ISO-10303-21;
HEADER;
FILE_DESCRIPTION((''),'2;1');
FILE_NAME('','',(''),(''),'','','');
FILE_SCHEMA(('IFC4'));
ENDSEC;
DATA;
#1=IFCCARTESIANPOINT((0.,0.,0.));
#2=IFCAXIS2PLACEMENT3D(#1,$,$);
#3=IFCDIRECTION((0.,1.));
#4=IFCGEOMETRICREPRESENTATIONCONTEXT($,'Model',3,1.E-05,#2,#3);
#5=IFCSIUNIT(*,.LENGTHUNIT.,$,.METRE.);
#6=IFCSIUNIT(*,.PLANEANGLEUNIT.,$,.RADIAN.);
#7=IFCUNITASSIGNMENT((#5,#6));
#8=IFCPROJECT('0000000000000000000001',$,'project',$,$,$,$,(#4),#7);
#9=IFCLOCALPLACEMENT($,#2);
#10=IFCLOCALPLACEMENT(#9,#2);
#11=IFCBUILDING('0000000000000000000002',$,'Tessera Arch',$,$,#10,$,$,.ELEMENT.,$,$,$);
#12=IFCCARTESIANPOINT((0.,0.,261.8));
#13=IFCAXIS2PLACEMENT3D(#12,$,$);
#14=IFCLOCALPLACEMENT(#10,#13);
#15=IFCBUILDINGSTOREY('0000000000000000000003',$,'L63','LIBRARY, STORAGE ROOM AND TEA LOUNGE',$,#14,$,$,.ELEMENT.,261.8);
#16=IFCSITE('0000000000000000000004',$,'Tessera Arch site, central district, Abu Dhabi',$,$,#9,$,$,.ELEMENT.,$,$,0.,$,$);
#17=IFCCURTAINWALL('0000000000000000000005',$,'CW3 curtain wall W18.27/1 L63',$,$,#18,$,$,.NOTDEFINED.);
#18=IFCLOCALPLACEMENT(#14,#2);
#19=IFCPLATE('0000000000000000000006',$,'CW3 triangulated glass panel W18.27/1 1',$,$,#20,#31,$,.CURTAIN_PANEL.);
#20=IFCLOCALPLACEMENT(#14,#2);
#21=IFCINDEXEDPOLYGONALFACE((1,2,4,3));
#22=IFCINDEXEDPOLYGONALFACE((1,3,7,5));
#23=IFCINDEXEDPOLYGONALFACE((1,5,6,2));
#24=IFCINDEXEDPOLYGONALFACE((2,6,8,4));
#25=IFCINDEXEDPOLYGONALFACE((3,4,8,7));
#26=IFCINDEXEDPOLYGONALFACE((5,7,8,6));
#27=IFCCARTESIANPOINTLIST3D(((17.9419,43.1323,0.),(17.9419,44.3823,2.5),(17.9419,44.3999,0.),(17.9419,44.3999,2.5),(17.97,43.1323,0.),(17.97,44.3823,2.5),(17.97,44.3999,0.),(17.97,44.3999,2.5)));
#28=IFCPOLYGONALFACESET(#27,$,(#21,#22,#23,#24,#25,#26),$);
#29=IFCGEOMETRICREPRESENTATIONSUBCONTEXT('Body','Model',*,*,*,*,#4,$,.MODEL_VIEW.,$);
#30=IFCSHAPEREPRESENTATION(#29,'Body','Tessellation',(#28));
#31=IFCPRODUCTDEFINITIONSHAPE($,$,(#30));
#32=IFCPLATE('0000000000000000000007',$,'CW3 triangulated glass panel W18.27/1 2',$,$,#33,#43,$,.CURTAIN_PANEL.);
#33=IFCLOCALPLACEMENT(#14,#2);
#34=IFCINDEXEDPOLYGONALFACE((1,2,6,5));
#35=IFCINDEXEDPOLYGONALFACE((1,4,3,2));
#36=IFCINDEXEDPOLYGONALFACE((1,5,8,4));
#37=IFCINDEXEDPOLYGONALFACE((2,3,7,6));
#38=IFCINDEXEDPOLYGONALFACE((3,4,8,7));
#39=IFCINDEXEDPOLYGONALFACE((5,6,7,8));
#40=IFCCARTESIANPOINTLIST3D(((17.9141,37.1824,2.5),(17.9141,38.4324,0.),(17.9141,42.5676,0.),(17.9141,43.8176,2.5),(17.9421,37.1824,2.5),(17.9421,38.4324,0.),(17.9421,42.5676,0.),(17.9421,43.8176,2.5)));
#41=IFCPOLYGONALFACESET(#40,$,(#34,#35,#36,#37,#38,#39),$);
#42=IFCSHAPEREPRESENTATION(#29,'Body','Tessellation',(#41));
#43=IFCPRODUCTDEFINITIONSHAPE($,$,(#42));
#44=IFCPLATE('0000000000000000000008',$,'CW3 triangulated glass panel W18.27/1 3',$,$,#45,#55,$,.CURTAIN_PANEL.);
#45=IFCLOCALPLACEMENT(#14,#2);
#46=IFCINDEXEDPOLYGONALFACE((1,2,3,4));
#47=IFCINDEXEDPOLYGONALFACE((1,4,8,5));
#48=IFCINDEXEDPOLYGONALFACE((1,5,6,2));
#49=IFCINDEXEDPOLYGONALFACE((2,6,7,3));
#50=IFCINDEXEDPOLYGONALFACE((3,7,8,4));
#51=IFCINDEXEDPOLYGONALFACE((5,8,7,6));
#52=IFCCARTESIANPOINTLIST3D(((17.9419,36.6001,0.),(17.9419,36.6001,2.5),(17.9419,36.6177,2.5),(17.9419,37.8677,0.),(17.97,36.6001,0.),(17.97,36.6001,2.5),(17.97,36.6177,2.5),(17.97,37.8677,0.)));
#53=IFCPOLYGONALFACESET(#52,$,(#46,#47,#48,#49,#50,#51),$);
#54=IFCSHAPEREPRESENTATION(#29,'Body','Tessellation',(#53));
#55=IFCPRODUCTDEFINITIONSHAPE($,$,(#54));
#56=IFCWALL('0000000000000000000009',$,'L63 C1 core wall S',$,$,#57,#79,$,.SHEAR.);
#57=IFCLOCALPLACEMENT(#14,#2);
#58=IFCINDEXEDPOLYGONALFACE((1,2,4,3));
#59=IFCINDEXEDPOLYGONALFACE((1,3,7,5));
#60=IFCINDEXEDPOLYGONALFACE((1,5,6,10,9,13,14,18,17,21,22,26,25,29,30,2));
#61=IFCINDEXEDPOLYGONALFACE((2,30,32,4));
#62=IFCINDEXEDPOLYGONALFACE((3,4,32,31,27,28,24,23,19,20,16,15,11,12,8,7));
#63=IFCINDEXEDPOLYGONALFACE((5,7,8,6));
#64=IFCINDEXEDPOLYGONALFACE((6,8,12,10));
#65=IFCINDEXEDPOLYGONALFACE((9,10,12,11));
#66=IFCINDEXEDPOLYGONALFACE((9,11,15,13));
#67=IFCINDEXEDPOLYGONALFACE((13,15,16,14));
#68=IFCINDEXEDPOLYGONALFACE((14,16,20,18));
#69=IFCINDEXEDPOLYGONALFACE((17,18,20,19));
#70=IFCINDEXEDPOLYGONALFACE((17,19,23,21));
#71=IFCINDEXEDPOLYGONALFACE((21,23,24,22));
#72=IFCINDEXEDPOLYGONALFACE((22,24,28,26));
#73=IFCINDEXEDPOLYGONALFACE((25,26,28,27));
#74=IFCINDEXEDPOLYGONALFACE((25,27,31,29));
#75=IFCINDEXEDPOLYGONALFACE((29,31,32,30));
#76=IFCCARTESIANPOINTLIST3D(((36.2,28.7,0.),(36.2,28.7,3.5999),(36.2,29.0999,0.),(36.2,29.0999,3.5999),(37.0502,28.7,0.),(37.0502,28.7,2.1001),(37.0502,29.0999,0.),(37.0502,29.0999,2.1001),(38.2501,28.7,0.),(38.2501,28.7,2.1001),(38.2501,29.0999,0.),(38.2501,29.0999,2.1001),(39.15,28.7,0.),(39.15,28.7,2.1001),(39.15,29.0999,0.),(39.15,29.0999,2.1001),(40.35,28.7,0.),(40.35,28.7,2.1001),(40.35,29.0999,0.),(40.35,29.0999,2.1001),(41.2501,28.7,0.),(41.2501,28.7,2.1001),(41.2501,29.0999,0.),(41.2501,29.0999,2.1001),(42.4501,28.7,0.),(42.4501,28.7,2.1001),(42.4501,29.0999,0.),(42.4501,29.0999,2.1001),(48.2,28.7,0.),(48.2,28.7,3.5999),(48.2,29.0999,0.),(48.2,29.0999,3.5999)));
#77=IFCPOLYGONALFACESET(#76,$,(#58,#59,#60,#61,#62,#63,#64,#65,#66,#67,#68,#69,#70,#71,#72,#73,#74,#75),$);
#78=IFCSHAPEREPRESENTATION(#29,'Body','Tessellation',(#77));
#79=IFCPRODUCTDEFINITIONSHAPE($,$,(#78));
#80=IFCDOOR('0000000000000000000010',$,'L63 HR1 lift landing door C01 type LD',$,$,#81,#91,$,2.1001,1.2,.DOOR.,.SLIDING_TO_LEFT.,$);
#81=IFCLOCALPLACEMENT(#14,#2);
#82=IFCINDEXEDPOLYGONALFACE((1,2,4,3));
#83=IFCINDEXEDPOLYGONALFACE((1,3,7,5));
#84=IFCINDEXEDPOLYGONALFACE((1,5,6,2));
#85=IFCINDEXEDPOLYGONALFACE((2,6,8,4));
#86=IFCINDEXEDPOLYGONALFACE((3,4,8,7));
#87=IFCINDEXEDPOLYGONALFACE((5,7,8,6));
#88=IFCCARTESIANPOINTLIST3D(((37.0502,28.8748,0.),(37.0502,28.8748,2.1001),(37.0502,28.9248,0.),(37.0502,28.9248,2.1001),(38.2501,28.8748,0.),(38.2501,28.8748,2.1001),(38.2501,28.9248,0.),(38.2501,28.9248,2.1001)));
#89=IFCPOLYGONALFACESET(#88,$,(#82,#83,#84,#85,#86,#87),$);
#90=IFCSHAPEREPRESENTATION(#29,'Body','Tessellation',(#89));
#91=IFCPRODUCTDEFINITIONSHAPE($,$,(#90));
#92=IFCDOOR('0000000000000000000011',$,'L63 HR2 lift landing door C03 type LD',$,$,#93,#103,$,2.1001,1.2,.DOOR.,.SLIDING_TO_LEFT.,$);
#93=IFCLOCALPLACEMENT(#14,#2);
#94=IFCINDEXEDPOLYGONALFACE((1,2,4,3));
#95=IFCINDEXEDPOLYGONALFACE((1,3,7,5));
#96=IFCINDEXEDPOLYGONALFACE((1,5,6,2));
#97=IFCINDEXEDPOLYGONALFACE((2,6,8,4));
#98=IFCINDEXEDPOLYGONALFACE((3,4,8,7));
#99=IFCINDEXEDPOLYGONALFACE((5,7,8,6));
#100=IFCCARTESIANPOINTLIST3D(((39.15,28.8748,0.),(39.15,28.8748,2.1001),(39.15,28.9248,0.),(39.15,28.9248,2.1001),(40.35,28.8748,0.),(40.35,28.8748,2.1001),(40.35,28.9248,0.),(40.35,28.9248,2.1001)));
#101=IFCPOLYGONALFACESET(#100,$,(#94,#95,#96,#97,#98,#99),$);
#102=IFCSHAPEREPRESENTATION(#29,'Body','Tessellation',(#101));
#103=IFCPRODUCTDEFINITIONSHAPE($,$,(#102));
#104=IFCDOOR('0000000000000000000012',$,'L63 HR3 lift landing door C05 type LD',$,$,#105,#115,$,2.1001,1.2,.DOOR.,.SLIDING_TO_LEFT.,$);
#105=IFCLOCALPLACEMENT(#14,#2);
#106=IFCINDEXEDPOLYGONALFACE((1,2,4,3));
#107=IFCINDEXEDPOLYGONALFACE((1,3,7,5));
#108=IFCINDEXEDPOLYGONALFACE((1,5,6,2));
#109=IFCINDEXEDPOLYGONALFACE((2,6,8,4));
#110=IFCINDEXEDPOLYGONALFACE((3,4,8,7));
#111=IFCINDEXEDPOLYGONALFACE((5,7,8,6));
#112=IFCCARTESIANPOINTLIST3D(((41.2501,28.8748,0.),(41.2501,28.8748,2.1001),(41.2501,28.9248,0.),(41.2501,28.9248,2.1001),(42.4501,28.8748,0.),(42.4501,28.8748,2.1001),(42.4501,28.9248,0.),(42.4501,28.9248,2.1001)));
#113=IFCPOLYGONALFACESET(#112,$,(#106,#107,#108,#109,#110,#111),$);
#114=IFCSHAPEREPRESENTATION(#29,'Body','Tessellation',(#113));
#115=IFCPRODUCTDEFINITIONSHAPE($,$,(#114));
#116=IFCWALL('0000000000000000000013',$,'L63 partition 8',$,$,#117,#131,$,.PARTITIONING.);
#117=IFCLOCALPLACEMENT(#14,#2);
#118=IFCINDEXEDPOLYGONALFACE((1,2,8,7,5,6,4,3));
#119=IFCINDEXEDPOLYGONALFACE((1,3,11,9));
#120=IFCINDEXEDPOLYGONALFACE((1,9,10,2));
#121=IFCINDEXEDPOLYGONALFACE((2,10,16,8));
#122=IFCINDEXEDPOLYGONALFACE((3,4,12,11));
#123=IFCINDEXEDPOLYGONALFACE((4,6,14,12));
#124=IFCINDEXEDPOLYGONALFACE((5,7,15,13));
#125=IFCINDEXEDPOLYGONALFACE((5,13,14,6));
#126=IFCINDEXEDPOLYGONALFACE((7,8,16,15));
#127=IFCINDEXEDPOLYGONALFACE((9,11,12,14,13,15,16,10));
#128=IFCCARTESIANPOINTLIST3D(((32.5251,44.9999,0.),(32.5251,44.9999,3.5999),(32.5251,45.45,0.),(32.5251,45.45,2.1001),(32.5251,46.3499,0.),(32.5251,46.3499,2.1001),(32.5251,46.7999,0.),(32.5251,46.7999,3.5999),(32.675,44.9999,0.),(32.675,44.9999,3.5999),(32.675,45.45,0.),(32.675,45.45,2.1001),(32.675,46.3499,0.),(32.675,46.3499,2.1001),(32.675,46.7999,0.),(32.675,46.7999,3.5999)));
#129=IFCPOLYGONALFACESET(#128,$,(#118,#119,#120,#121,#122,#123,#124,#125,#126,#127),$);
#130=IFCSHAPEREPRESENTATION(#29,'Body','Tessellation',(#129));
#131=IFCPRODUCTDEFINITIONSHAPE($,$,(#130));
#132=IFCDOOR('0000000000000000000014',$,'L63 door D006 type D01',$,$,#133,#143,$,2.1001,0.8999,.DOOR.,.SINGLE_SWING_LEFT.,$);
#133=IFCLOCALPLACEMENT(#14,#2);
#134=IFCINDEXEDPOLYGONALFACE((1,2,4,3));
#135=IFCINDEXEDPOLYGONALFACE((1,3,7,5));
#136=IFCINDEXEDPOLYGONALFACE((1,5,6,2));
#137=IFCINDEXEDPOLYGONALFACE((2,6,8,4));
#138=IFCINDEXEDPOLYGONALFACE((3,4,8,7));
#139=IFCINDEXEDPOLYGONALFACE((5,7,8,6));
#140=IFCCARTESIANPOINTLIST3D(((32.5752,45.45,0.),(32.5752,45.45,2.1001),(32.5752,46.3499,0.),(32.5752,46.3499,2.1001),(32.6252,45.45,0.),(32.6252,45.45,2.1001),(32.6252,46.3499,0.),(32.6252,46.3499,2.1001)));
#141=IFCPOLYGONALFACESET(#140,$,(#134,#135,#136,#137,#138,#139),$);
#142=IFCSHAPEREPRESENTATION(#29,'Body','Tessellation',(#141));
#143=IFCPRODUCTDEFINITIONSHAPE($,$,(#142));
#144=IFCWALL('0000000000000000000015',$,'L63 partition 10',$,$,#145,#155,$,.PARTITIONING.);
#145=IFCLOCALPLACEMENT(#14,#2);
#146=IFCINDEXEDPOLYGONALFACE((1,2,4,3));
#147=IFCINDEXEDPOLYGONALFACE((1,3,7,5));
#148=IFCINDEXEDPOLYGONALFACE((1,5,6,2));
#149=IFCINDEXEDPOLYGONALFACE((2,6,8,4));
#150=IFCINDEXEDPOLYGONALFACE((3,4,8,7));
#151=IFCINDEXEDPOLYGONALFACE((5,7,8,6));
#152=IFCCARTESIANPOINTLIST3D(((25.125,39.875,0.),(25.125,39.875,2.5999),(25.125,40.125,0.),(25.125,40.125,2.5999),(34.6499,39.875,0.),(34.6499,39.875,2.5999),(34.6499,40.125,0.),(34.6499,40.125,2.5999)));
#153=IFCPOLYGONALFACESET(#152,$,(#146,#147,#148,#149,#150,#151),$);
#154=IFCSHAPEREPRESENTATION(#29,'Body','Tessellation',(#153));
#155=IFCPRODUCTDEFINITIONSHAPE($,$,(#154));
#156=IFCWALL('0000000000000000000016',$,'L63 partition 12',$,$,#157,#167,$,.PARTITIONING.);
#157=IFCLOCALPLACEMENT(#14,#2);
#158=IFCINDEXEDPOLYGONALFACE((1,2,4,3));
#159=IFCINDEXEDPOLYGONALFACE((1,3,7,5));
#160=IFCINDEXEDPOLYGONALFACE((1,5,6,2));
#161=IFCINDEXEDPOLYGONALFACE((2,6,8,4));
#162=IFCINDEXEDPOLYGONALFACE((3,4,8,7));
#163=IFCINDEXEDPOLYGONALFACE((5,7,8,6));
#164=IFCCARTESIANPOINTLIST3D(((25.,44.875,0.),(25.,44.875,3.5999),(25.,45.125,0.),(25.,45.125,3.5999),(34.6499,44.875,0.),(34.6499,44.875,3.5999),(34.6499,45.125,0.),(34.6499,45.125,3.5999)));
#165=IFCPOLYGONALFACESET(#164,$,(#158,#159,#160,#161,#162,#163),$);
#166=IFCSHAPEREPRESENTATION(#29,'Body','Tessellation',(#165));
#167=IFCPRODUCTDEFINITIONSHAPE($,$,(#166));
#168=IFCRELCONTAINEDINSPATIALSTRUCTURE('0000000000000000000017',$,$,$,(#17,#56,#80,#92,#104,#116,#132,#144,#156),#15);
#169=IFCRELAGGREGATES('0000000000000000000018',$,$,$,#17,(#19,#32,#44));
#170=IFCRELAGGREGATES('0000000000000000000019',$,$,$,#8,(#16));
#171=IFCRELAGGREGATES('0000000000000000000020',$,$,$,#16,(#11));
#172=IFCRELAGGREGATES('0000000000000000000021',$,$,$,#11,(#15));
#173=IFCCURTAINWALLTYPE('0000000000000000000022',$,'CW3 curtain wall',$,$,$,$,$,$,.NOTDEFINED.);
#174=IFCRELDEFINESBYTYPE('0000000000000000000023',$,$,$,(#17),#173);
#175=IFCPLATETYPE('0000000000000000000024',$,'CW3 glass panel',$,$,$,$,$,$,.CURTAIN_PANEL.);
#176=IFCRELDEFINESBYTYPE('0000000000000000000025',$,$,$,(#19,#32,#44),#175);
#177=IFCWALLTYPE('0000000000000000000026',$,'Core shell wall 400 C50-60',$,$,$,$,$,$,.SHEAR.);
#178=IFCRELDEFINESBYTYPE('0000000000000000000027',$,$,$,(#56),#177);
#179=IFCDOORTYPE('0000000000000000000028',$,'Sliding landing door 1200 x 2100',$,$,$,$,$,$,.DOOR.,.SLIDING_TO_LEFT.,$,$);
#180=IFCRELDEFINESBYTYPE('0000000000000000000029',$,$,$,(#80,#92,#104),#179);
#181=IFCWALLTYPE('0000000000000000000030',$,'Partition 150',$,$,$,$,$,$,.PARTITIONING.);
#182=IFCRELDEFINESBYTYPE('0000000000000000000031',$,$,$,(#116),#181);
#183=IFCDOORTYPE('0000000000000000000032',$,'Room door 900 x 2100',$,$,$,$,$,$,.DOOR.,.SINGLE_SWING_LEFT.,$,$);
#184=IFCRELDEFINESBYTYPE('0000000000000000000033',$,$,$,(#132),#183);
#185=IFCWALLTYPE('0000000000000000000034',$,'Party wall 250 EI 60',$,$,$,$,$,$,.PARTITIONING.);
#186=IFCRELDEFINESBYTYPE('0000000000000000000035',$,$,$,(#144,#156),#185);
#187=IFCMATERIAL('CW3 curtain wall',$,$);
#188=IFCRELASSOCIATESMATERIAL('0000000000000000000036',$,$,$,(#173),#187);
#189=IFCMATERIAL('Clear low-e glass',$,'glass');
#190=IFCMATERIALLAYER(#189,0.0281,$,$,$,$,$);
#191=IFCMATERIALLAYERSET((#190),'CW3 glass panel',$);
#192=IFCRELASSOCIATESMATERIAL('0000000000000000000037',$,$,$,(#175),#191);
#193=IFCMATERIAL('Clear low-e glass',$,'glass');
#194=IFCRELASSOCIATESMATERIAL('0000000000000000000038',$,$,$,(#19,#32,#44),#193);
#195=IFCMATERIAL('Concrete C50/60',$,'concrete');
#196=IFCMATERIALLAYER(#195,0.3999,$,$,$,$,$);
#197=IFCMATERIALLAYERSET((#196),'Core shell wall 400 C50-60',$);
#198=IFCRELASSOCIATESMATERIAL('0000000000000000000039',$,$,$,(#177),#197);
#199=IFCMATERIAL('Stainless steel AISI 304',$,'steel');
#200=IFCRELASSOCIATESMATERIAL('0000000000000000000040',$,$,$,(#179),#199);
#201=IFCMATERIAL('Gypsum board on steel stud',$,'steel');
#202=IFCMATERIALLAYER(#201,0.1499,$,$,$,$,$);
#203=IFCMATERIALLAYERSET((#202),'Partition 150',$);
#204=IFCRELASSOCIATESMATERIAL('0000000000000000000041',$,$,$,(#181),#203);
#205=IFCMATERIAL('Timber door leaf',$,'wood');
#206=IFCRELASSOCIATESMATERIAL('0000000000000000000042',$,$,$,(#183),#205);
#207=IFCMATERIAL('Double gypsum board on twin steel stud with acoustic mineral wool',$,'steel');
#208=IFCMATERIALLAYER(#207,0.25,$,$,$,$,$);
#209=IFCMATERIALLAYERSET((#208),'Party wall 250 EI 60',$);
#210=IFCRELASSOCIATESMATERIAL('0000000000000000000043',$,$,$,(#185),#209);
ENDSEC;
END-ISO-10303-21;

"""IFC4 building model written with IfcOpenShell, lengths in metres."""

from ifc_helpers import new_model, si_unit, direction, frame, frame_2d, origin, place, context, subcontext, project, spatial, polyline, rectangle, outline, extrude, material, layer, layer_set, type_object, element, fill, aggregate, save


model = new_model("IFC4")

# Units and contexts
model_context = context("Model", 3, precision=1e-05, world=origin(), true_north=direction((0.0, 1.0)))
body_context = subcontext(model_context, "Body", "Model", "MODEL_VIEW")
ifc_project = project(units=[si_unit("LENGTHUNIT", "METRE"), si_unit("PLANEANGLEUNIT", "RADIAN")], contexts=[model_context])

# Site, building, storey
site_placement = place(None, origin())
site = spatial("IfcSite", under=ifc_project, at=site_placement, Name="Tessera Arch site, central district, Abu Dhabi", CompositionType="ELEMENT", RefElevation=0.0)
building_placement = place(site_placement, origin())
building = spatial("IfcBuilding", under=site, at=building_placement, Name="Tessera Arch", CompositionType="ELEMENT")
storey_placement = place(building_placement, frame((0.0, 0.0, 261.8)))
storey = spatial("IfcBuildingStorey", under=building, at=storey_placement, Name="L63", Description="LIBRARY, STORAGE ROOM AND TEA LOUNGE", CompositionType="ELEMENT", Elevation=261.8)

# Curtain wall
ifc_material_1 = material(Name="CW3 curtain wall")
curtain_wall_type_1 = type_object("IfcCurtainWallType", Name="CW3 curtain wall", PredefinedType="NOTDEFINED", material=ifc_material_1)
curtain_wall_1_placement = place(storey_placement, origin())
curtain_wall_1 = element("IfcCurtainWall", 1, at=curtain_wall_1_placement, inside=storey, type_object=curtain_wall_type_1, Name="CW3 curtain wall W18.27/1 L63", PredefinedType="NOTDEFINED")

# Plates
ifc_material_2 = material(Name="Clear low-e glass", Category="glass")
ifc_material_3 = material(Name="Clear low-e glass", Category="glass")
ifc_layer_1 = layer(ifc_material_3, 0.0281)
ifc_layer_set_1 = layer_set([ifc_layer_1], Name="CW3 glass panel")
plate_type_1 = type_object("IfcPlateType", Name="CW3 glass panel", PredefinedType="CURTAIN_PANEL", material=ifc_layer_set_1)
plate_1_placement = place(storey_placement, frame((17.9419, 44.3999, 0.0), z_axis=(-1.0, 0.0, 0.0), x_axis=(0.0, -1.0, 0.0)))
plate_1 = element("IfcPlate", 2, at=plate_1_placement, type_object=plate_type_1, material=ifc_material_2, Name="CW3 triangulated glass panel W18.27/1 1", PredefinedType="CURTAIN_PANEL", context=body_context, shape_type="SweptSolid", body=[
    extrude(outline(polyline([(0.0, 0.0), (1.2676, 0.0), (0.0176, 2.5), (0.0, 2.5), (0.0, 0.0)])), origin(), (0.0, 0.0, -1.0), 0.0281),
])
plate_2_placement = place(storey_placement, frame((17.9141, 37.1824, 2.5), z_axis=(-1.0, 0.0, 0.0), x_axis=(0.0, 1.0, 0.0)))
plate_2 = element("IfcPlate", 3, at=plate_2_placement, type_object=plate_type_1, material=ifc_material_2, Name="CW3 triangulated glass panel W18.27/1 2", PredefinedType="CURTAIN_PANEL", context=body_context, shape_type="SweptSolid", body=[
    extrude(outline(polyline([(0.0, 0.0), (6.6353, 0.0), (5.3853, 2.5), (1.25, 2.5), (0.0, 0.0)])), origin(), (0.0, 0.0, -1.0), 0.0281),
])
plate_3_placement = place(storey_placement, frame((17.9419, 36.6001, 2.5), z_axis=(-1.0, 0.0, 0.0), x_axis=(0.0, 1.0, 0.0)))
plate_3 = element("IfcPlate", 4, at=plate_3_placement, type_object=plate_type_1, material=ifc_material_2, Name="CW3 triangulated glass panel W18.27/1 3", PredefinedType="CURTAIN_PANEL", context=body_context, shape_type="SweptSolid", body=[
    extrude(outline(polyline([(0.0, 0.0), (0.0176, 0.0), (1.2676, 2.5), (0.0, 2.5), (0.0, 0.0)])), origin(), (0.0, 0.0, -1.0), 0.0281),
])
aggregate(curtain_wall_1, [plate_1, plate_2, plate_3])

# Wall, openings, doors
ifc_material_4 = material(Name="Concrete C50/60", Category="concrete")
ifc_layer_2 = layer(ifc_material_4, 0.3999)
ifc_layer_set_2 = layer_set([ifc_layer_2], Name="Core shell wall 400 C50-60")
wall_type_1 = type_object("IfcWallType", Name="Core shell wall 400 C50-60", PredefinedType="SHEAR", material=ifc_layer_set_2)
wall_1_placement = place(storey_placement, frame((36.2, 28.8999, 0.0), z_axis=(0.0, 0.0, 1.0), x_axis=(1.0, 0.0, 0.0)))
wall_1 = element("IfcWall", 5, at=wall_1_placement, inside=storey, type_object=wall_type_1, Name="L63 C1 core wall S", PredefinedType="SHEAR", context=body_context, shape_type="SweptSolid", body=[
    extrude(rectangle(XDim=12.0, YDim=0.3999, at=frame_2d((6.0, 0.0))), origin(), (0.0, 0.0, 1.0), 3.5999),
])
opening_1_placement = place(wall_1_placement, frame((0.8501, 0.0, 0.0)))
opening_1 = element("IfcOpeningElement", 6, at=opening_1_placement, cuts=wall_1, PredefinedType="OPENING", context=body_context, shape_type="SweptSolid", body=[
    extrude(rectangle(XDim=1.2, YDim=2.1001, at=frame_2d((0.6001, 1.05))), frame((0.0, 0.21, 0.0), z_axis=(0.0, -1.0, 0.0), x_axis=(1.0, 0.0, 0.0)), (0.0, 0.0, 1.0), 0.4199),
])
opening_2_placement = place(wall_1_placement, frame((2.95, 0.0, 0.0)))
opening_2 = element("IfcOpeningElement", 7, at=opening_2_placement, cuts=wall_1, PredefinedType="OPENING", context=body_context, shape_type="SweptSolid", body=[
    extrude(rectangle(XDim=1.2, YDim=2.1001, at=frame_2d((0.6001, 1.05))), frame((0.0, 0.21, 0.0), z_axis=(0.0, -1.0, 0.0), x_axis=(1.0, 0.0, 0.0)), (0.0, 0.0, 1.0), 0.4199),
])
opening_3_placement = place(wall_1_placement, frame((5.05, 0.0, 0.0)))
opening_3 = element("IfcOpeningElement", 8, at=opening_3_placement, cuts=wall_1, PredefinedType="OPENING", context=body_context, shape_type="SweptSolid", body=[
    extrude(rectangle(XDim=1.2, YDim=2.1001, at=frame_2d((0.6001, 1.05))), frame((0.0, 0.21, 0.0), z_axis=(0.0, -1.0, 0.0), x_axis=(1.0, 0.0, 0.0)), (0.0, 0.0, 1.0), 0.4199),
])
ifc_material_5 = material(Name="Stainless steel AISI 304", Category="steel")
door_type_1 = type_object("IfcDoorType", Name="Sliding landing door 1200 x 2100", OperationType="SLIDING_TO_LEFT", PredefinedType="DOOR", material=ifc_material_5)
door_1_placement = place(opening_1_placement, origin())
door_1 = element("IfcDoor", 9, at=door_1_placement, inside=storey, type_object=door_type_1, Name="L63 HR1 lift landing door C01 type LD", OperationType="SLIDING_TO_LEFT", OverallHeight=2.1001, OverallWidth=1.2, PredefinedType="DOOR", context=body_context, shape_type="SweptSolid", body=[
    extrude(rectangle(XDim=1.2, YDim=2.1001, at=frame_2d((0.6001, 1.05))), frame((0.0, 0.0249, 0.0), z_axis=(0.0, -1.0, 0.0), x_axis=(1.0, 0.0, 0.0)), (0.0, 0.0, 1.0), 0.05),
])
fill(opening_1, door_1)
door_2_placement = place(opening_2_placement, origin())
door_2 = element("IfcDoor", 10, at=door_2_placement, inside=storey, type_object=door_type_1, Name="L63 HR2 lift landing door C03 type LD", OperationType="SLIDING_TO_LEFT", OverallHeight=2.1001, OverallWidth=1.2, PredefinedType="DOOR", context=body_context, shape_type="SweptSolid", body=[
    extrude(rectangle(XDim=1.2, YDim=2.1001, at=frame_2d((0.6001, 1.05))), frame((0.0, 0.0249, 0.0), z_axis=(0.0, -1.0, 0.0), x_axis=(1.0, 0.0, 0.0)), (0.0, 0.0, 1.0), 0.05),
])
fill(opening_2, door_2)
door_3_placement = place(opening_3_placement, origin())
door_3 = element("IfcDoor", 11, at=door_3_placement, inside=storey, type_object=door_type_1, Name="L63 HR3 lift landing door C05 type LD", OperationType="SLIDING_TO_LEFT", OverallHeight=2.1001, OverallWidth=1.2, PredefinedType="DOOR", context=body_context, shape_type="SweptSolid", body=[
    extrude(rectangle(XDim=1.2, YDim=2.1001, at=frame_2d((0.6001, 1.05))), frame((0.0, 0.0249, 0.0), z_axis=(0.0, -1.0, 0.0), x_axis=(1.0, 0.0, 0.0)), (0.0, 0.0, 1.0), 0.05),
])
fill(opening_3, door_3)

# Wall, opening, door
ifc_material_6 = material(Name="Gypsum board on steel stud", Category="steel")
ifc_layer_3 = layer(ifc_material_6, 0.1499)
ifc_layer_set_3 = layer_set([ifc_layer_3], Name="Partition 150")
wall_type_2 = type_object("IfcWallType", Name="Partition 150", PredefinedType="PARTITIONING", material=ifc_layer_set_3)
wall_2_placement = place(storey_placement, frame((32.6001, 45.0, 0.0), z_axis=(0.0, 0.0, 1.0), x_axis=(0.0, 1.0, 0.0)))
wall_2 = element("IfcWall", 12, at=wall_2_placement, inside=storey, type_object=wall_type_2, Name="L63 partition 8", PredefinedType="PARTITIONING", context=body_context, shape_type="SweptSolid", body=[
    extrude(rectangle(XDim=1.8, YDim=0.1499, at=frame_2d((0.8999, 0.0))), origin(), (0.0, 0.0, 1.0), 3.5999),
])
opening_4_placement = place(wall_2_placement, frame((0.45, 0.0, 0.0)))
opening_4 = element("IfcOpeningElement", 13, at=opening_4_placement, cuts=wall_2, PredefinedType="OPENING", context=body_context, shape_type="SweptSolid", body=[
    extrude(rectangle(XDim=0.8999, YDim=2.1001, at=frame_2d((0.45, 1.05))), frame((0.0, 0.085, 0.0), z_axis=(0.0, -1.0, 0.0), x_axis=(1.0, 0.0, 0.0)), (0.0, 0.0, 1.0), 0.1699),
])
ifc_material_7 = material(Name="Timber door leaf", Category="wood")
door_type_2 = type_object("IfcDoorType", Name="Room door 900 x 2100", OperationType="SINGLE_SWING_LEFT", PredefinedType="DOOR", material=ifc_material_7)
door_4_placement = place(opening_4_placement, origin())
door_4 = element("IfcDoor", 14, at=door_4_placement, inside=storey, type_object=door_type_2, Name="L63 door D006 type D01", OperationType="SINGLE_SWING_LEFT", OverallHeight=2.1001, OverallWidth=0.8999, PredefinedType="DOOR", context=body_context, shape_type="SweptSolid", body=[
    extrude(rectangle(XDim=0.8999, YDim=2.1001, at=frame_2d((0.45, 1.05))), frame((0.0, 0.0249, 0.0), z_axis=(0.0, -1.0, 0.0), x_axis=(1.0, 0.0, 0.0)), (0.0, 0.0, 1.0), 0.05),
])
fill(opening_4, door_4)

# Walls
ifc_material_8 = material(Name="Double gypsum board on twin steel stud with acoustic mineral wool", Category="steel")
ifc_layer_4 = layer(ifc_material_8, 0.25)
ifc_layer_set_4 = layer_set([ifc_layer_4], Name="Party wall 250 EI 60")
wall_type_3 = type_object("IfcWallType", Name="Party wall 250 EI 60", PredefinedType="PARTITIONING", material=ifc_layer_set_4)
wall_3_placement = place(storey_placement, frame((25.125, 40.0, 0.0), z_axis=(0.0, 0.0, 1.0), x_axis=(1.0, 0.0, 0.0)))
element("IfcWall", 15, at=wall_3_placement, inside=storey, type_object=wall_type_3, Name="L63 partition 10", PredefinedType="PARTITIONING", context=body_context, shape_type="SweptSolid", body=[
    extrude(rectangle(XDim=9.5249, YDim=0.25, at=frame_2d((4.7625, 0.0))), origin(), (0.0, 0.0, 1.0), 2.5999),
])
wall_4_placement = place(storey_placement, frame((25.0, 45.0, 0.0), z_axis=(0.0, 0.0, 1.0), x_axis=(1.0, 0.0, 0.0)))
element("IfcWall", 16, at=wall_4_placement, inside=storey, type_object=wall_type_3, Name="L63 partition 12", PredefinedType="PARTITIONING", context=body_context, shape_type="SweptSolid", body=[
    extrude(rectangle(XDim=9.6499, YDim=0.25, at=frame_2d((4.825, 0.0))), origin(), (0.0, 0.0, 1.0), 3.5999),
])

save(model, "model.ifc")
